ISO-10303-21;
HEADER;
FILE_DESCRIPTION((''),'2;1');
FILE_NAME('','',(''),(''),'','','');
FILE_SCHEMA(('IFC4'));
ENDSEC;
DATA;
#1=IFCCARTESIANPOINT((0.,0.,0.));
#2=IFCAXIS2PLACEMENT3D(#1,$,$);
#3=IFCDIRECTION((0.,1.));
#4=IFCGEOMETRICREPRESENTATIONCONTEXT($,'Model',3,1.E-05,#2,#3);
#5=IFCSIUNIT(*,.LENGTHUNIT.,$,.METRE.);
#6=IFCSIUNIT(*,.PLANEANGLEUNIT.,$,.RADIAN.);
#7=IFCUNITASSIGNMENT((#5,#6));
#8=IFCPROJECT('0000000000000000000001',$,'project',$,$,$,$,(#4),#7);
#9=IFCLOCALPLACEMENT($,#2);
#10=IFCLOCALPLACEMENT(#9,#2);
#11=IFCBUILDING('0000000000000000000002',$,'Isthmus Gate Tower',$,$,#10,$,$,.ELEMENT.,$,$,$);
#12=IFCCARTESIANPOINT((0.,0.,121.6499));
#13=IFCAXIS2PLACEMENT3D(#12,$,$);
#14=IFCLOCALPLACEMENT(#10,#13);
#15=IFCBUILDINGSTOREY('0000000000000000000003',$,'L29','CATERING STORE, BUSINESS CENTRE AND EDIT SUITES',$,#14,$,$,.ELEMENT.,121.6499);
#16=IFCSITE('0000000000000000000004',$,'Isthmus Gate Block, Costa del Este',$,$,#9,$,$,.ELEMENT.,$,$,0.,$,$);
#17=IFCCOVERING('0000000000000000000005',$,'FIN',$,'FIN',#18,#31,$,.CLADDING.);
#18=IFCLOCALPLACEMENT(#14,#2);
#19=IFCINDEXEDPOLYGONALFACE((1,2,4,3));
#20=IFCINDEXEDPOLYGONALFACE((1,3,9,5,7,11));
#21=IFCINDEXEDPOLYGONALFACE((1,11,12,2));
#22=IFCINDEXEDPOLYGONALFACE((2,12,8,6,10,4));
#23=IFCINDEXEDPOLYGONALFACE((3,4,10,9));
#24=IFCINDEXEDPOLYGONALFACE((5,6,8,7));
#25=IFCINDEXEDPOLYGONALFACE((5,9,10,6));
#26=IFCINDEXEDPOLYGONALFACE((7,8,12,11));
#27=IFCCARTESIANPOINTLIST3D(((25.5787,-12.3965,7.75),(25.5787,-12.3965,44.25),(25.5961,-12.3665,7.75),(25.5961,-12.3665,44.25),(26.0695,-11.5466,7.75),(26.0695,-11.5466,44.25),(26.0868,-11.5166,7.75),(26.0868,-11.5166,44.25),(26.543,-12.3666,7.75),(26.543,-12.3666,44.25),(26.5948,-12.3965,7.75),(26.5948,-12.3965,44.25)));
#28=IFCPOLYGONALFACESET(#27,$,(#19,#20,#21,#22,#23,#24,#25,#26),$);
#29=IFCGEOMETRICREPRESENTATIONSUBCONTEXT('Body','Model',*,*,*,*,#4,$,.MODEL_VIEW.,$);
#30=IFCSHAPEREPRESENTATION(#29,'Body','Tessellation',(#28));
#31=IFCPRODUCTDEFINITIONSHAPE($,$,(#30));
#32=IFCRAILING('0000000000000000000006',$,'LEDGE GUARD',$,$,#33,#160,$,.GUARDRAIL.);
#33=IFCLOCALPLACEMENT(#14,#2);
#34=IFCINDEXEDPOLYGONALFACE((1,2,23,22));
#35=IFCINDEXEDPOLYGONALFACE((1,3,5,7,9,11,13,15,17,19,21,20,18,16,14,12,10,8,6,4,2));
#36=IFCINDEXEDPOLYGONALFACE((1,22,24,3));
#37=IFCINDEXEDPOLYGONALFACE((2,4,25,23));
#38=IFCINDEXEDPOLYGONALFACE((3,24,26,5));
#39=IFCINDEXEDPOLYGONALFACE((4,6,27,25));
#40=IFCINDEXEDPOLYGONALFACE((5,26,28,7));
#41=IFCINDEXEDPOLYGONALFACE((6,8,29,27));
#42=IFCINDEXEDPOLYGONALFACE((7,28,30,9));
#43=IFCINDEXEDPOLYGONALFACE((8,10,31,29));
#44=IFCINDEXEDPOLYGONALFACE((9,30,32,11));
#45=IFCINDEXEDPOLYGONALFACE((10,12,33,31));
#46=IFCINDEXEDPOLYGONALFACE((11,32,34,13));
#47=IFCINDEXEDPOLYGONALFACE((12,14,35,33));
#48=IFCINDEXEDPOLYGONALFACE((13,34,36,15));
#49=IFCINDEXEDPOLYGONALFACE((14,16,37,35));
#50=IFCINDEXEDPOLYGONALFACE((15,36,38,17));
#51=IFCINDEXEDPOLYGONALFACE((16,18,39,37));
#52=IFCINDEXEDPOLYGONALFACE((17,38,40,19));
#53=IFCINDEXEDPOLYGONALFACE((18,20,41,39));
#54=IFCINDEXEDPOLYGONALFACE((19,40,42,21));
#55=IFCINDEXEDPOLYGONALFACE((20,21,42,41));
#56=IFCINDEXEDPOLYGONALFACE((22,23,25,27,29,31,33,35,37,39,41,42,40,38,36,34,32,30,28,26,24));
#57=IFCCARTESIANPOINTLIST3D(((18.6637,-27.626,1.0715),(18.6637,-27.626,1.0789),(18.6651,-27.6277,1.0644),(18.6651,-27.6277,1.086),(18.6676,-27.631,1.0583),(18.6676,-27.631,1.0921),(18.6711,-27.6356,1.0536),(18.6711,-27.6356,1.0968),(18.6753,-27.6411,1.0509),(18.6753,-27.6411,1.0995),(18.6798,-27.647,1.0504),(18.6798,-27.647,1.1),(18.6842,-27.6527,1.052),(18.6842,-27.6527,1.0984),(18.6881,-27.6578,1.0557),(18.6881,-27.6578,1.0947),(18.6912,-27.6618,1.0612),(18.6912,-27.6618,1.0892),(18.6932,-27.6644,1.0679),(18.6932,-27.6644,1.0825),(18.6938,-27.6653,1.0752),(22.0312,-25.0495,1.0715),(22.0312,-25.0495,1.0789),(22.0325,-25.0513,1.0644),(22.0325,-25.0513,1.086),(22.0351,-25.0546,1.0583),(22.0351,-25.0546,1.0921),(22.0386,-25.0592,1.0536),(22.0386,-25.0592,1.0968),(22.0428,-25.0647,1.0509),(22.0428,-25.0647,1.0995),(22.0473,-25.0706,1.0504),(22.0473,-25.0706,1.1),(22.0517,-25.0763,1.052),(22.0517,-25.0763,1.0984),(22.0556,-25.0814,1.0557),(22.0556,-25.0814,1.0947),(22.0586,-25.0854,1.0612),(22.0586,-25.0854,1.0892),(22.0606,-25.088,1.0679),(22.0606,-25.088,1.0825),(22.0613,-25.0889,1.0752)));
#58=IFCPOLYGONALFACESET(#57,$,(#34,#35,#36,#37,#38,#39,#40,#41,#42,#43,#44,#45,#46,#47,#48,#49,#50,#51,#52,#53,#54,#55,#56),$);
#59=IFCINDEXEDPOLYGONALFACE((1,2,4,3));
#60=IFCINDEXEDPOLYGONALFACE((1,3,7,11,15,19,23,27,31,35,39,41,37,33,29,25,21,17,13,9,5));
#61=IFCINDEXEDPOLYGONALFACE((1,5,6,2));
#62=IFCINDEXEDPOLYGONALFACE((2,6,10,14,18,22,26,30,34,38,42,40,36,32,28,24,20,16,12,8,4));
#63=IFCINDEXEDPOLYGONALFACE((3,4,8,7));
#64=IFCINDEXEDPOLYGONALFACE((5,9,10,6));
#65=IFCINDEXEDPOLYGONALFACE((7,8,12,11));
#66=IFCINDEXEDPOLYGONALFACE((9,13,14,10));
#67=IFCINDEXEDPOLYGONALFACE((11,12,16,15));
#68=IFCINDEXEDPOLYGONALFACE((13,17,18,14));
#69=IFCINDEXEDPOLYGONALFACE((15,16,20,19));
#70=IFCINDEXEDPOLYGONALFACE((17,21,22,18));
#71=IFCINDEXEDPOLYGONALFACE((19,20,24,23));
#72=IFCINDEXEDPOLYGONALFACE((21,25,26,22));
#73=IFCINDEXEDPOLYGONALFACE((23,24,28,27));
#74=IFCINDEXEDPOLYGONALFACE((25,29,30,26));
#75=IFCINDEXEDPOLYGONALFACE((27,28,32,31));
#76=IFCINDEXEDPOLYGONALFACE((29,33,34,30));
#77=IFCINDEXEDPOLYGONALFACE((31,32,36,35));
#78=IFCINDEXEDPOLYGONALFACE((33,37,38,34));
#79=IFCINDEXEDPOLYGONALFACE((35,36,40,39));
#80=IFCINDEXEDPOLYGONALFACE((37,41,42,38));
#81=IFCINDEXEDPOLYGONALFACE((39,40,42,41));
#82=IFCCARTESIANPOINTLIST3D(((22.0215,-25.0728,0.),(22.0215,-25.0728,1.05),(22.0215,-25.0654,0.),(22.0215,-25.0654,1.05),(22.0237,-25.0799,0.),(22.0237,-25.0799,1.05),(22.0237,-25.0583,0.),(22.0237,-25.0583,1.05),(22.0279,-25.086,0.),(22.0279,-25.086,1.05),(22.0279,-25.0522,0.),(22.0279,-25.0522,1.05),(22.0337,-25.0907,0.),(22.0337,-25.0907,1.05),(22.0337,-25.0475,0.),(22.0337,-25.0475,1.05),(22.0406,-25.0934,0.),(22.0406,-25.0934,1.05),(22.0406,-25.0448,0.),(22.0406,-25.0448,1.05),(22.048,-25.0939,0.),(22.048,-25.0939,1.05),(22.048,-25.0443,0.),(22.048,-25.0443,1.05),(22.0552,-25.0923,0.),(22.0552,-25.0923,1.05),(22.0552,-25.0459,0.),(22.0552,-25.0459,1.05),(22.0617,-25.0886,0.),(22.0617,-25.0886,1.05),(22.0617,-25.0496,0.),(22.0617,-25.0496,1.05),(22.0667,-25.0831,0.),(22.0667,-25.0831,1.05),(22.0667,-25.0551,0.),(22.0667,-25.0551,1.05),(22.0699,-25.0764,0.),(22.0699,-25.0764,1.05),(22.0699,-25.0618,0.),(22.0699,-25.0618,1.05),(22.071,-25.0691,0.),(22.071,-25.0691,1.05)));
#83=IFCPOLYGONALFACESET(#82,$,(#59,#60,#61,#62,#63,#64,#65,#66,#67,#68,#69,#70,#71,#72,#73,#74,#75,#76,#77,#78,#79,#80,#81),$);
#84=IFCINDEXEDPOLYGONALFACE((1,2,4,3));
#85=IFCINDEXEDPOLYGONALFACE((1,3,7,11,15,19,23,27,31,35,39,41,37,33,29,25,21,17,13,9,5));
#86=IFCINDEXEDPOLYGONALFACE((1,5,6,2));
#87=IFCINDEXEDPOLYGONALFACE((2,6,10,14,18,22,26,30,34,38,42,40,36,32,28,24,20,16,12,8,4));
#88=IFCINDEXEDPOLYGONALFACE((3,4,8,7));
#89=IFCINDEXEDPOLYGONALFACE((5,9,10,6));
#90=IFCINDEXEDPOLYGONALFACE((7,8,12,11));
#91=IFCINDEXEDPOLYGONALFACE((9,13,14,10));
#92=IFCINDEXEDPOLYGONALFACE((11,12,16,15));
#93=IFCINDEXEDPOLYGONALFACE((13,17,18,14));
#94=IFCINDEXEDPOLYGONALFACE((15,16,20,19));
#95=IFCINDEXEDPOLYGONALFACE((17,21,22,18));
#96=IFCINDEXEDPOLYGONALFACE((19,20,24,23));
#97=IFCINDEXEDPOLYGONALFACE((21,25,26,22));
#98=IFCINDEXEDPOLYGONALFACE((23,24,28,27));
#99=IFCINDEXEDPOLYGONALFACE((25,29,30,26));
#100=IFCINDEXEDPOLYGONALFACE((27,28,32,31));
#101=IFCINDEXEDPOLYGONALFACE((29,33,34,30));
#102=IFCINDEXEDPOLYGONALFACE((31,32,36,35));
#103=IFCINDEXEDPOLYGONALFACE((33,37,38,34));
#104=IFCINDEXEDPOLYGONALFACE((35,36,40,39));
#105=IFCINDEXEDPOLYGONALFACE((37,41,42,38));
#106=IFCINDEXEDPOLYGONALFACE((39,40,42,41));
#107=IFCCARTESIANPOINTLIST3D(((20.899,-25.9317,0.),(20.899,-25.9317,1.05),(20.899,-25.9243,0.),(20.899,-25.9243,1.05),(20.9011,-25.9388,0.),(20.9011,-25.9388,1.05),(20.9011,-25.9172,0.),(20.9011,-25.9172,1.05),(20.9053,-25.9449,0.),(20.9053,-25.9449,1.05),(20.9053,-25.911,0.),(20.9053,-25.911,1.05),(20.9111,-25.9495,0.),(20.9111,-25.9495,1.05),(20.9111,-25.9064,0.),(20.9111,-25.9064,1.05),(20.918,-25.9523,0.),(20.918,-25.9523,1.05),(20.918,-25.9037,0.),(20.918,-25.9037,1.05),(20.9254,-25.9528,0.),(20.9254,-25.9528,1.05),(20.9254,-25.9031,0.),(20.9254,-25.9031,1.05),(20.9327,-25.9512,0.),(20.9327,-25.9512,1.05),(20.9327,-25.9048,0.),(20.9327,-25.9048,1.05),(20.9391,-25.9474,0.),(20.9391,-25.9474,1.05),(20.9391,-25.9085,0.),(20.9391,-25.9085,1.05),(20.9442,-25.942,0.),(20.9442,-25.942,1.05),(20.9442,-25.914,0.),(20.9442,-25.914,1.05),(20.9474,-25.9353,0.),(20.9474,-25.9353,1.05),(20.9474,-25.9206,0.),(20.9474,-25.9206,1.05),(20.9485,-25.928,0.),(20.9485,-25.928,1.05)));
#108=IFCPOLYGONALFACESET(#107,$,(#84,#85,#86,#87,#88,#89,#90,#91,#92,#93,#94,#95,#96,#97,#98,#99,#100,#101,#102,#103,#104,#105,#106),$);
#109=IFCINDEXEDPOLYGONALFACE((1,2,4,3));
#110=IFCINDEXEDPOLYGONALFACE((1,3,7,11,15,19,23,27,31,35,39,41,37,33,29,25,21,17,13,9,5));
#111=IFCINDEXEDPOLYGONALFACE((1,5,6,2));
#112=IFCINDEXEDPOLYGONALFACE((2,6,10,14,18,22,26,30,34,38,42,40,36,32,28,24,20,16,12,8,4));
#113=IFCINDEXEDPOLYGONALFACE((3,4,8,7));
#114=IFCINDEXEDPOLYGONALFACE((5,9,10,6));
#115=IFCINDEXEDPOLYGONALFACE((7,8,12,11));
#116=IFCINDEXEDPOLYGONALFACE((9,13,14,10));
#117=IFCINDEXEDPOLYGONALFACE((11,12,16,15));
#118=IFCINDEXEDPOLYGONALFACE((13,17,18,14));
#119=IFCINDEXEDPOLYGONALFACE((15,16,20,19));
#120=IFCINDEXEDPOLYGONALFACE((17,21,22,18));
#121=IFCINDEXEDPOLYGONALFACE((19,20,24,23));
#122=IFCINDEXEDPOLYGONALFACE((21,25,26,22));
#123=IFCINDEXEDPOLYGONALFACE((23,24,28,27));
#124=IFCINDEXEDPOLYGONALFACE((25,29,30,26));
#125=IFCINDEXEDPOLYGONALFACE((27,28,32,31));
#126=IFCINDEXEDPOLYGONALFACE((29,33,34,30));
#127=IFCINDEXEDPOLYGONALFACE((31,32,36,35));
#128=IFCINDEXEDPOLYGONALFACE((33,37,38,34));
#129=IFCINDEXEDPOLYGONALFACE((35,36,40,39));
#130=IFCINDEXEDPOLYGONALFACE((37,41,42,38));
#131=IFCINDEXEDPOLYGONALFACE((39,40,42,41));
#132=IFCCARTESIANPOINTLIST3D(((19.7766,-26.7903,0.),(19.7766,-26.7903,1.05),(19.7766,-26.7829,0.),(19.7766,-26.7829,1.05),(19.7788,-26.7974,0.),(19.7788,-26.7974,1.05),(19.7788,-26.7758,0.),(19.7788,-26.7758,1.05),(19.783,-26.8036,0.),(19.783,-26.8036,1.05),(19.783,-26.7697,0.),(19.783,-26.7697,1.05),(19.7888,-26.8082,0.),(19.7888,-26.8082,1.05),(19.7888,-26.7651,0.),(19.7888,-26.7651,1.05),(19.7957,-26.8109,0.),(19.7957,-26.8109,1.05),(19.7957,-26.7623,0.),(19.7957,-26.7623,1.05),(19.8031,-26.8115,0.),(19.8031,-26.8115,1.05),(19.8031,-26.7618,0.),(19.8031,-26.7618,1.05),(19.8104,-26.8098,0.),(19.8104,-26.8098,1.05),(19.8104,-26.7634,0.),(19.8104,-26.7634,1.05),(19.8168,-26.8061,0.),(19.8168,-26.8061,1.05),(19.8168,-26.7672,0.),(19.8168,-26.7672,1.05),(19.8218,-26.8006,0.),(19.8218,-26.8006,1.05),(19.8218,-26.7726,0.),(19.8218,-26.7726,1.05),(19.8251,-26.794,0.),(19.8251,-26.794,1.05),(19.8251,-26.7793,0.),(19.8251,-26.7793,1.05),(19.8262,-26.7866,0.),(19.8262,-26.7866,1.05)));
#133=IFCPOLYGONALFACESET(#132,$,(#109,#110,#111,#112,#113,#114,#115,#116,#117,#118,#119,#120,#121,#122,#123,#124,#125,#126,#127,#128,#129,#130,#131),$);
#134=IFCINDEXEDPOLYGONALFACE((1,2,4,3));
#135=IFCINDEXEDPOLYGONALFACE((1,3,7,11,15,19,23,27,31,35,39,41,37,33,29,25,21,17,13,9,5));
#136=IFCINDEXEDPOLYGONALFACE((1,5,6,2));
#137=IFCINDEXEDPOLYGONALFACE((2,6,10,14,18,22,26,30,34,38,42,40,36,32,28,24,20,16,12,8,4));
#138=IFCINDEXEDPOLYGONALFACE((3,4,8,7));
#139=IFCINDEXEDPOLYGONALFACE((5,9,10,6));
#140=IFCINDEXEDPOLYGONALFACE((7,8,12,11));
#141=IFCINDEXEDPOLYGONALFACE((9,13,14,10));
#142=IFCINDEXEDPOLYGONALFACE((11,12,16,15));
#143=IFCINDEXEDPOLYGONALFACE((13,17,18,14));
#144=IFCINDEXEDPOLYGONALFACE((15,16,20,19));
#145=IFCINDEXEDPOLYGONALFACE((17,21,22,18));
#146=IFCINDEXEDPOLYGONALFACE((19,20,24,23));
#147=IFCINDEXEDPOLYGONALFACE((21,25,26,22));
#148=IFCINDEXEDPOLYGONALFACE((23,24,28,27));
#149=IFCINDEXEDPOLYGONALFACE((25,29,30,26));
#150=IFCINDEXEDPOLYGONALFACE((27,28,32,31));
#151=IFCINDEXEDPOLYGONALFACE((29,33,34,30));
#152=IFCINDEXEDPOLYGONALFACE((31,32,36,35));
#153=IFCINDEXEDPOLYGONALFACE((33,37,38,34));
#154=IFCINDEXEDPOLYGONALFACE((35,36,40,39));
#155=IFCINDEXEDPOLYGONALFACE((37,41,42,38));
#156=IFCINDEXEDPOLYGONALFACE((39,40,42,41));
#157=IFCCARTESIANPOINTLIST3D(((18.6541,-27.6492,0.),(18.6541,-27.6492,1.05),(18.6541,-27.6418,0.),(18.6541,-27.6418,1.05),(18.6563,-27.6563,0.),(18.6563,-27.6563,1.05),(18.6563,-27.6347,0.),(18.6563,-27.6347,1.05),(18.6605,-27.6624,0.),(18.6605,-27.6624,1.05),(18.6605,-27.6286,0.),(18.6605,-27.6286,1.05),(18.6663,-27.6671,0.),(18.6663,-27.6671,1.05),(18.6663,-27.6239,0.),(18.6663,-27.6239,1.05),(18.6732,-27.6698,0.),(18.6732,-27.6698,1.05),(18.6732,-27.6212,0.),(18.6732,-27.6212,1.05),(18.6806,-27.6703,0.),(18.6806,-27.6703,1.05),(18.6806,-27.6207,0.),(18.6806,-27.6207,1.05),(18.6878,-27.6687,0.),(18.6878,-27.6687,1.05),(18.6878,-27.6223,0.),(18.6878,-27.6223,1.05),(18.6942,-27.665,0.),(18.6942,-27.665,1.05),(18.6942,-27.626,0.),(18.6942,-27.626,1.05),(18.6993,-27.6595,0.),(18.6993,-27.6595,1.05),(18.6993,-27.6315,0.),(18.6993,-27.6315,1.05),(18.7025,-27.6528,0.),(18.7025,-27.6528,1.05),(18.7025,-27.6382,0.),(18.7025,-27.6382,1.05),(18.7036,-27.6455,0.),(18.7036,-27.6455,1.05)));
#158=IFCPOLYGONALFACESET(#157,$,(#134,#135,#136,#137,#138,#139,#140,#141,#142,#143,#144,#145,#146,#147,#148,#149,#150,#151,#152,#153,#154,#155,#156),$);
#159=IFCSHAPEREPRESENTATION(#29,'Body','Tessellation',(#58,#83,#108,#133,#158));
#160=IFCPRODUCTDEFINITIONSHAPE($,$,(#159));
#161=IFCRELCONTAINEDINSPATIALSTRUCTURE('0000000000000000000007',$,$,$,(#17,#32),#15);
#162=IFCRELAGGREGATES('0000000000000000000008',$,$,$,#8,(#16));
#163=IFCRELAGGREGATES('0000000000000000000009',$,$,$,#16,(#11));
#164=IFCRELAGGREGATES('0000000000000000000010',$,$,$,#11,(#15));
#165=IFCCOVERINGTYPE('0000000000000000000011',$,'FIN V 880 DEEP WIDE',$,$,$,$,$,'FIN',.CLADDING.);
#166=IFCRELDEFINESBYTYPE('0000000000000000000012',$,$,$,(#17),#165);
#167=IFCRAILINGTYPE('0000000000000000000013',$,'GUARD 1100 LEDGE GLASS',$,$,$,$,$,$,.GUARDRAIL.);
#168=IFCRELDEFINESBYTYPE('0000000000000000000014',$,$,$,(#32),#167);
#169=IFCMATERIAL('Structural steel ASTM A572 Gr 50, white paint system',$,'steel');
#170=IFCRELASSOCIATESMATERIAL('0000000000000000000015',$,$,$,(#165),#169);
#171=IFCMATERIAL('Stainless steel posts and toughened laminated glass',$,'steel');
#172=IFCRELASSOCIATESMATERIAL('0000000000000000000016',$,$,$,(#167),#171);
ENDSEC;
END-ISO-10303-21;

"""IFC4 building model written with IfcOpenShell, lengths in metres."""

from ifc_helpers import new_model, si_unit, direction, frame, origin, origin_2d, place, context, subcontext, project, spatial, polyline, circle, outline, extrude, material, material_profile, profile_set, type_object, element, save


model = new_model("IFC4")

# Units and contexts
model_context = context("Model", 3, precision=1e-05, world=origin(), true_north=direction((0.0, 1.0)))
body_context = subcontext(model_context, "Body", "Model", "MODEL_VIEW")
ifc_project = project(units=[si_unit("LENGTHUNIT", "METRE"), si_unit("PLANEANGLEUNIT", "RADIAN")], contexts=[model_context])

# Site, building, storey
site_placement = place(None, origin())
site = spatial("IfcSite", under=ifc_project, at=site_placement, Name="Isthmus Gate Block, Costa del Este", CompositionType="ELEMENT", RefElevation=0.0)
building_placement = place(site_placement, origin())
building = spatial("IfcBuilding", under=site, at=building_placement, Name="Isthmus Gate Tower", CompositionType="ELEMENT")
storey_placement = place(building_placement, frame((0.0, 0.0, 121.6499)))
storey = spatial("IfcBuildingStorey", under=building, at=storey_placement, Name="L29", Description="CATERING STORE, BUSINESS CENTRE AND EDIT SUITES", CompositionType="ELEMENT", Elevation=121.6499)

# Covering
ifc_material_1 = material(Name="Structural steel ASTM A572 Gr 50, white paint system", Category="steel")
ifc_material_profile_1 = material_profile(ifc_material_1, outline(polyline([(0.0, -0.5081), (0.8799, 0.0), (0.0, 0.5081), (0.0, 0.4734), (0.8201, 0.0), (0.0, -0.4734), (0.0, -0.5081)])), Name="V880W")
ifc_profile_set_1 = profile_set([ifc_material_profile_1], Name="Structural steel ASTM A572 Gr 50, white paint system")
covering_type_1 = type_object("IfcCoveringType", Name="FIN V 880 DEEP WIDE", ElementType="FIN", PredefinedType="CLADDING", material=ifc_profile_set_1)
for number, where, z_axis, x_axis, name in (
    (1, (25.8328, -11.9565, 7.75), (0.0, 0.0, 1.0), (0.866025, -0.5, 0.0), "FIN"),
):
    element("IfcCovering", number, at=place(storey_placement, frame(where, z_axis=z_axis, x_axis=x_axis)), inside=storey, type_object=covering_type_1, Name=name, ObjectType="FIN", PredefinedType="CLADDING", context=body_context, shape_type="SweptSolid", body=[
        extrude(outline(polyline([(0.0, -0.5081), (0.8799, 0.0), (0.0, 0.5081), (0.0, 0.4734), (0.8201, 0.0), (0.0, -0.4734), (0.0, -0.5081)])), origin(), (0.0, 0.0, 1.0), 36.5),
    ])

# Railing
ifc_material_2 = material(Name="Stainless steel posts and toughened laminated glass", Category="steel")
railing_type = type_object("IfcRailingType", Name="GUARD 1100 LEDGE GLASS", PredefinedType="GUARDRAIL", material=ifc_material_2)
railing_1_placement = place(storey_placement, frame((22.0461, -25.0691, 0.0)))
element("IfcRailing", 2, at=railing_1_placement, inside=storey, type_object=railing_type, Name="LEDGE GUARD", PredefinedType="GUARDRAIL", context=body_context, shape_type="SweptSolid", body=[
    extrude(circle(Radius=0.0249, at=origin_2d()), frame((0.0, 0.0, 1.0752), z_axis=(-0.794207, -0.607647, 0.0), x_axis=(0.607647, -0.794207, 0.0)), (0.0, 0.0, 1.0), 4.24),
    extrude(circle(Radius=0.0249, at=origin_2d()), origin(), (0.0, 0.0, 1.0), 1.05),
    extrude(circle(Radius=0.0249, at=origin_2d()), frame((-1.1226, -0.8589, 0.0)), (0.0, 0.0, 1.0), 1.05),
    extrude(circle(Radius=0.0249, at=origin_2d()), frame((-2.2449, -1.7175, 0.0)), (0.0, 0.0, 1.0), 1.05),
    extrude(circle(Radius=0.0249, at=origin_2d()), frame((-3.3674, -2.5764, 0.0)), (0.0, 0.0, 1.0), 1.05),
])

save(model, "model.ifc")
